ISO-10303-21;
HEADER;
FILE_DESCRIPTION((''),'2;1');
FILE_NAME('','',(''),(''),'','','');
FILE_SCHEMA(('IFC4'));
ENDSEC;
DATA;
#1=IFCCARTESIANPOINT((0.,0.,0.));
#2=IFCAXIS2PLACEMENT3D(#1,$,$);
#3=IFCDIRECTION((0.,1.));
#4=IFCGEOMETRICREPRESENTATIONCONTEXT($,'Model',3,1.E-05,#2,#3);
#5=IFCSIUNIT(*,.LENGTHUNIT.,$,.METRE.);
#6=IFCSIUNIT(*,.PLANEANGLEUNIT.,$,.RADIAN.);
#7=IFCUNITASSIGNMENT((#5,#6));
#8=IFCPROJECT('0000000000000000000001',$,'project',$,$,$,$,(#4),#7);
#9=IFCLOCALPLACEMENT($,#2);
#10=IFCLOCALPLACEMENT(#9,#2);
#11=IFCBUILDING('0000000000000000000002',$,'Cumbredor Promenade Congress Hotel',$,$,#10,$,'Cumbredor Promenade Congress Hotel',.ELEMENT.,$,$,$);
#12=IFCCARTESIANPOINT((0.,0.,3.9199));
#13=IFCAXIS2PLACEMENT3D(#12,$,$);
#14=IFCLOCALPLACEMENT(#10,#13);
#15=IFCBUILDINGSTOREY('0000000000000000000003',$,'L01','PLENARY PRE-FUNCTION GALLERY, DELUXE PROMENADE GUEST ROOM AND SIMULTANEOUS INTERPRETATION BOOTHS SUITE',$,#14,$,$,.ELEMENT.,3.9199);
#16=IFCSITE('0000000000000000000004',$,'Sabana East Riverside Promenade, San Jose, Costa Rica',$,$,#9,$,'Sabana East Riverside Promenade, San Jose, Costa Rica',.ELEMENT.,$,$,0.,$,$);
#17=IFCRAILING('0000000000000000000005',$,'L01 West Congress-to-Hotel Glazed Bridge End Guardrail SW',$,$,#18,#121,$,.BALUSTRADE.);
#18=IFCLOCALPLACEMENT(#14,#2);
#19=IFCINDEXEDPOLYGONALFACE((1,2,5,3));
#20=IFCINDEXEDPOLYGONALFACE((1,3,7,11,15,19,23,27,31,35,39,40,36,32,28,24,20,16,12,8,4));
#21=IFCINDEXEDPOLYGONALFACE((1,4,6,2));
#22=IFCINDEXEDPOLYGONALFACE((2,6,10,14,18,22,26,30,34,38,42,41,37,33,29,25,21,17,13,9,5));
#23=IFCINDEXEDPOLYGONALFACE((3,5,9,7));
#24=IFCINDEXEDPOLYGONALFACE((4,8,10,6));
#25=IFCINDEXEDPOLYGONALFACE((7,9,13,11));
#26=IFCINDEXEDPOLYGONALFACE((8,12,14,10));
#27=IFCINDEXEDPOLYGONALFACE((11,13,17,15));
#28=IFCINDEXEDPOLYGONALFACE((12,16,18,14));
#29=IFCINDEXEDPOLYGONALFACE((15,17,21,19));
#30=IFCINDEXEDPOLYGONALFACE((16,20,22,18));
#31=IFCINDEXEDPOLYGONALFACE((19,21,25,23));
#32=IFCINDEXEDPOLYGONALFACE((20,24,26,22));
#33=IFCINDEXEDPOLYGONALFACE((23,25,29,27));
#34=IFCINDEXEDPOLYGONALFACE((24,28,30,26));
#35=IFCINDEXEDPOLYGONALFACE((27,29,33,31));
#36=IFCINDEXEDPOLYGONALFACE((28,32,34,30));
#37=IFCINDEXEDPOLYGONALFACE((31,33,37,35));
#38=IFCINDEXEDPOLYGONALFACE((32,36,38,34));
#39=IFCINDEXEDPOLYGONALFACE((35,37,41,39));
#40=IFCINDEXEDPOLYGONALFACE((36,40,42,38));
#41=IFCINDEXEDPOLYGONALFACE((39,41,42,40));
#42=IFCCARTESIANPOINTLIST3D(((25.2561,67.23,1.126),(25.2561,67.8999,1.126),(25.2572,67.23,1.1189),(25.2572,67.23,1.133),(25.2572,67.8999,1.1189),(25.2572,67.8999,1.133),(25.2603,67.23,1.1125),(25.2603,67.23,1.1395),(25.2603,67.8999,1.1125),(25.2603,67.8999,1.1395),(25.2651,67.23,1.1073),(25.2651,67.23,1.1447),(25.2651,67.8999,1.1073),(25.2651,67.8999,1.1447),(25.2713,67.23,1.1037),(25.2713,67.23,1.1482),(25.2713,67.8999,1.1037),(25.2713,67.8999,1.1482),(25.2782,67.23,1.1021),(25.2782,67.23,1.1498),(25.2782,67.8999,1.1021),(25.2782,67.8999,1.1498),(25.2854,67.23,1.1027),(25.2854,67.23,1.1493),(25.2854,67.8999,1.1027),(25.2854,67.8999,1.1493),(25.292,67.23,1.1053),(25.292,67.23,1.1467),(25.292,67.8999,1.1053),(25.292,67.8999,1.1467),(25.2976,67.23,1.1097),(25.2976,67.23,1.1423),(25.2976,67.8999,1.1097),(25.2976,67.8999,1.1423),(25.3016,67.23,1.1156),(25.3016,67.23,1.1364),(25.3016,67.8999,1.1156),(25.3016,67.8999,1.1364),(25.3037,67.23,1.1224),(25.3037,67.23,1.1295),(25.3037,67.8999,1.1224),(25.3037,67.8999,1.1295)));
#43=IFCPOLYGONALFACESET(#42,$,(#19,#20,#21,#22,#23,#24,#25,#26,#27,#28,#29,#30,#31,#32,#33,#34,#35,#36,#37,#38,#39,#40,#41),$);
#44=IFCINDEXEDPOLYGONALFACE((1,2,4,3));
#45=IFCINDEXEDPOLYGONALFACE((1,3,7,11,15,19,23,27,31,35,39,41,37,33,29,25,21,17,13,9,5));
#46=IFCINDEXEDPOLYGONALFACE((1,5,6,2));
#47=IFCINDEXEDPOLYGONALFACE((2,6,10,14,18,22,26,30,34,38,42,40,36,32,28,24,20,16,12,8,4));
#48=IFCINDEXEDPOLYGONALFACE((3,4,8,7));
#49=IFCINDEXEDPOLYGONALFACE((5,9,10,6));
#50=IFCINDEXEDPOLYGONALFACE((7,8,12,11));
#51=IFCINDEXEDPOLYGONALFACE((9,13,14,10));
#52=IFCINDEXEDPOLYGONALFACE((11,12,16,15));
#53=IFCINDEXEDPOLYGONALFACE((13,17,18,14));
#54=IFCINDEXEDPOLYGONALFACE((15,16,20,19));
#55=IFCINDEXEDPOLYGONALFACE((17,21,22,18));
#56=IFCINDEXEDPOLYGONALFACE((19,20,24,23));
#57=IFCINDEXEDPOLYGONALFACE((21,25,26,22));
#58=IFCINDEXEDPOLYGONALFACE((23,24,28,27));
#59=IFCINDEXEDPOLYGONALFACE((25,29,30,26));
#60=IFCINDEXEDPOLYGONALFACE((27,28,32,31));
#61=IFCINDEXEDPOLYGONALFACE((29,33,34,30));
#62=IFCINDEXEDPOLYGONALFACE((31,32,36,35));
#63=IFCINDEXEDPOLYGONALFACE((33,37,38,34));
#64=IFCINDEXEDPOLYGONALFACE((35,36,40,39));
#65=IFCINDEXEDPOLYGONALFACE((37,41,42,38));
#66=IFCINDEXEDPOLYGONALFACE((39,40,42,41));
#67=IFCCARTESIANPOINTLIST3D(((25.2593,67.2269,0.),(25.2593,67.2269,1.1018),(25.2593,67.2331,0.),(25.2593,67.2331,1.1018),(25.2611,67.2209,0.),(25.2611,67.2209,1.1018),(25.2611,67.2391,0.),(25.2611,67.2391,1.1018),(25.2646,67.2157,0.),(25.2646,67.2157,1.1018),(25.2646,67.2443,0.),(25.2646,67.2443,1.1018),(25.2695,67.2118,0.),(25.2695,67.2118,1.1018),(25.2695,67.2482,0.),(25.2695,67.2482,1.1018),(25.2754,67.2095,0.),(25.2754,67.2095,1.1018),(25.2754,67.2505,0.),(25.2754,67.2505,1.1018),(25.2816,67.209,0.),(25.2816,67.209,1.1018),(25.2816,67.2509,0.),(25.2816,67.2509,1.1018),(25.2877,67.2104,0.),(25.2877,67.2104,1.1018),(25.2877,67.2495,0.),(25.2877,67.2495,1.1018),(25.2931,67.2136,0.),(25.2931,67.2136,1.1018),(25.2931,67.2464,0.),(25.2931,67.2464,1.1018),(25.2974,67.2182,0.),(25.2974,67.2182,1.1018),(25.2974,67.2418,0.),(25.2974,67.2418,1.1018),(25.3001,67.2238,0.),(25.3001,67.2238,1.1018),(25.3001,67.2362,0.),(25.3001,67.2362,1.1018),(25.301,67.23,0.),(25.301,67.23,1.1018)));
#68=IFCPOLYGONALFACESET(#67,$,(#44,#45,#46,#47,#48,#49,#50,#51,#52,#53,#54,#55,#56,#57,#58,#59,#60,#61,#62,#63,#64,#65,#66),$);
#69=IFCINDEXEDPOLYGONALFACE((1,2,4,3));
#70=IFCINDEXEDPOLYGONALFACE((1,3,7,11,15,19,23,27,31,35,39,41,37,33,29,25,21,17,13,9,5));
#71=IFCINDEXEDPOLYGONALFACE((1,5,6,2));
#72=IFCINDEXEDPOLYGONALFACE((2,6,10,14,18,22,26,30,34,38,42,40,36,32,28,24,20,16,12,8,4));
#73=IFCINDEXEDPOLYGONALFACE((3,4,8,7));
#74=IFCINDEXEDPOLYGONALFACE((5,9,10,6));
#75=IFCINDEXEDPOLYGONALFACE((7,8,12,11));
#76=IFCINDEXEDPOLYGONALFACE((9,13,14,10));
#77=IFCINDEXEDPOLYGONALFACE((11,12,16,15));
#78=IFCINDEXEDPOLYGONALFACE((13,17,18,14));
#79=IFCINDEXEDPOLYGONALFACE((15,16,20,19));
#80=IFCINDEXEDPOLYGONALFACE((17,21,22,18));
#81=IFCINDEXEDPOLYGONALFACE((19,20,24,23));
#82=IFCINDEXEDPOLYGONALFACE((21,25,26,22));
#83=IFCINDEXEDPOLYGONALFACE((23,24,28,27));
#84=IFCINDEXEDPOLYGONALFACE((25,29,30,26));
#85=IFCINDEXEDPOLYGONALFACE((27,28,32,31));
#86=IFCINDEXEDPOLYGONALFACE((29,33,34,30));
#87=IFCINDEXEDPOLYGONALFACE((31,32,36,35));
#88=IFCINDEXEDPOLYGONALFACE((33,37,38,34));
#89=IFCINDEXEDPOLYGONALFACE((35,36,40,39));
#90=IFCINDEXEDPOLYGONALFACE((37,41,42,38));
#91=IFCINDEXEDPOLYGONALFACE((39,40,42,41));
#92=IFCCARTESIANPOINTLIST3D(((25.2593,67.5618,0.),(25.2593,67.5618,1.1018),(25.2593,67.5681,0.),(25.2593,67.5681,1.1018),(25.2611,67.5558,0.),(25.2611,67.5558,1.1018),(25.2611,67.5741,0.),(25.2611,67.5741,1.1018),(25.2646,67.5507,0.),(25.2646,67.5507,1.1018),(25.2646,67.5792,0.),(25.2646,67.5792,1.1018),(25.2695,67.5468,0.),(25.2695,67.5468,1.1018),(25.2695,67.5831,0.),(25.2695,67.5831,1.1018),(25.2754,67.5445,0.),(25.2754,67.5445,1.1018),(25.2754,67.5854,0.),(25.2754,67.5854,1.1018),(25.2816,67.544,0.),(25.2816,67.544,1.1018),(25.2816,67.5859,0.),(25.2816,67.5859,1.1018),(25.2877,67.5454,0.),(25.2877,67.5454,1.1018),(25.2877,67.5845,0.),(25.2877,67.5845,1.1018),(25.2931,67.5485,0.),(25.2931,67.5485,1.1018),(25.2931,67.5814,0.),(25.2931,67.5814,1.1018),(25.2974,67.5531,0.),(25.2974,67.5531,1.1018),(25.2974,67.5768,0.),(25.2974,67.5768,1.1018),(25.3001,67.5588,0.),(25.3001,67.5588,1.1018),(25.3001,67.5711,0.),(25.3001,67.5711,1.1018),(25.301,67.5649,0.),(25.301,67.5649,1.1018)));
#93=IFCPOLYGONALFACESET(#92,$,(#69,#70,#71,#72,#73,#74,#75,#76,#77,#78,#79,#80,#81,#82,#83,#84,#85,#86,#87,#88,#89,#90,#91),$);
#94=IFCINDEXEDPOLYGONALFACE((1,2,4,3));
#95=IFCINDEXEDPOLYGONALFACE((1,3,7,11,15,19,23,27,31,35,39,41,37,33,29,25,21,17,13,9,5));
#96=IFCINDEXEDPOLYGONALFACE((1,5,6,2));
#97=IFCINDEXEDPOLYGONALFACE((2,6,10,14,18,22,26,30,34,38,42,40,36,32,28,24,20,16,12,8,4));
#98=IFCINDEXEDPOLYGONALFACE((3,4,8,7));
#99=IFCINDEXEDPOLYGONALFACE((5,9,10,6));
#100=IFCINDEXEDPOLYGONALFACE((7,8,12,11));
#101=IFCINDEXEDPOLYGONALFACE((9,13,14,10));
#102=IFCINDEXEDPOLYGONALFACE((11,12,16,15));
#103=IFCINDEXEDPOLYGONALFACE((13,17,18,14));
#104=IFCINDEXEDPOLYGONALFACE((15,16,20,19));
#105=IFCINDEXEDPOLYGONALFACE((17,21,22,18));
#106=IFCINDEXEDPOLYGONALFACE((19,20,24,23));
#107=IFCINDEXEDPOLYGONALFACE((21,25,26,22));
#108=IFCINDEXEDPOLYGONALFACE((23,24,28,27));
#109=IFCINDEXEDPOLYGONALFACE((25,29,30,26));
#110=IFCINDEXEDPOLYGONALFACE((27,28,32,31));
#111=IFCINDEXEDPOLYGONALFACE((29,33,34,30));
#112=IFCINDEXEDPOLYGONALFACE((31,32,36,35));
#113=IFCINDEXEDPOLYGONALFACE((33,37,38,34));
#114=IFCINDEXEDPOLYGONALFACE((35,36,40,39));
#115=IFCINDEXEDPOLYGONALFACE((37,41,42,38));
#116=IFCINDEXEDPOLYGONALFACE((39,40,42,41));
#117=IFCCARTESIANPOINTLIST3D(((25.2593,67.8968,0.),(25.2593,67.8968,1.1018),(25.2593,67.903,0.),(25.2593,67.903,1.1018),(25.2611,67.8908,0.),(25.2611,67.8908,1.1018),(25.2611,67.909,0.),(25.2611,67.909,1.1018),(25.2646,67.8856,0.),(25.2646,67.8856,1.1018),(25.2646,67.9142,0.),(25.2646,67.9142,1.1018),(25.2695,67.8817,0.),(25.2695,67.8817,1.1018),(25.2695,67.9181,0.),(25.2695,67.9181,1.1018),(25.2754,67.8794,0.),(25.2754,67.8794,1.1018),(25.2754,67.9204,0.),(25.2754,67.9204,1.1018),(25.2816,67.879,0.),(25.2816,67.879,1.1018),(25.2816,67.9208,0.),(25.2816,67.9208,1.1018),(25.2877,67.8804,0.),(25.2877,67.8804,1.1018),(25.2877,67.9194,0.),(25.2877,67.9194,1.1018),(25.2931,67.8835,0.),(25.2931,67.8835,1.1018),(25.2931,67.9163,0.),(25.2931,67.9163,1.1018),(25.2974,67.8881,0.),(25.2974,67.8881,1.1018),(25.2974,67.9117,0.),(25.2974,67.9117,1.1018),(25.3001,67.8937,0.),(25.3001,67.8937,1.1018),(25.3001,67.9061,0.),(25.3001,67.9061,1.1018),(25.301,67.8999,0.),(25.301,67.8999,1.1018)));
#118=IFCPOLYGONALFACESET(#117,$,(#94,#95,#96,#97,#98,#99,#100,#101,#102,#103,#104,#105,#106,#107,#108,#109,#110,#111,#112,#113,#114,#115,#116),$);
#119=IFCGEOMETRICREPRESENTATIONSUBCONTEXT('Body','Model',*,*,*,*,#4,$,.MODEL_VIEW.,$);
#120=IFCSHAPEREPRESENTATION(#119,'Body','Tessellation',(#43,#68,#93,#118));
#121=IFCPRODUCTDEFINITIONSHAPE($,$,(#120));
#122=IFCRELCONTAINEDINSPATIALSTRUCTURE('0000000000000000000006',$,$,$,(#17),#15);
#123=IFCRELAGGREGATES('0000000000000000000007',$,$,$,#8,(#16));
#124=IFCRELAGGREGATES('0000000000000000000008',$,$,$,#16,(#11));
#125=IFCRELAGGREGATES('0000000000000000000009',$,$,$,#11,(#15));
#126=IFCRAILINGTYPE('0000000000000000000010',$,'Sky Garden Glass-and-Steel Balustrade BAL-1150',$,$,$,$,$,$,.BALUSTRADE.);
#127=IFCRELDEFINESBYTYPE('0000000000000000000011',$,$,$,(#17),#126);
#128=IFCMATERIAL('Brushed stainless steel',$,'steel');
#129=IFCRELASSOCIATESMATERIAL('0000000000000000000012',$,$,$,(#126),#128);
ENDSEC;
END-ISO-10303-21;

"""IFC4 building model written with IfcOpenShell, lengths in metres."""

from ifc_helpers import new_model, si_unit, direction, frame, origin, origin_2d, place, context, subcontext, project, spatial, circle, extrude, material, type_object, element, save


model = new_model("IFC4")

# Units and contexts
model_context = context("Model", 3, precision=1e-05, world=origin(), true_north=direction((0.0, 1.0)))
body_context = subcontext(model_context, "Body", "Model", "MODEL_VIEW")
ifc_project = project(units=[si_unit("LENGTHUNIT", "METRE"), si_unit("PLANEANGLEUNIT", "RADIAN")], contexts=[model_context])

# Site, building, storey
site_placement = place(None, origin())
site = spatial("IfcSite", under=ifc_project, at=site_placement, Name="Sabana East Riverside Promenade, San Jose, Costa Rica", LongName="Sabana East Riverside Promenade, San Jose, Costa Rica", CompositionType="ELEMENT", RefElevation=0.0)
building_placement = place(site_placement, origin())
building = spatial("IfcBuilding", under=site, at=building_placement, Name="Cumbredor Promenade Congress Hotel", LongName="Cumbredor Promenade Congress Hotel", CompositionType="ELEMENT")
storey_placement = place(building_placement, frame((0.0, 0.0, 3.9199)))
storey = spatial("IfcBuildingStorey", under=building, at=storey_placement, Name="L01", Description="PLENARY PRE-FUNCTION GALLERY, DELUXE PROMENADE GUEST ROOM AND SIMULTANEOUS INTERPRETATION BOOTHS SUITE", CompositionType="ELEMENT", Elevation=3.9199)

# Railing
ifc_material_1 = material(Name="Brushed stainless steel", Category="steel")
railing_type_1 = type_object("IfcRailingType", Name="Sky Garden Glass-and-Steel Balustrade BAL-1150", PredefinedType="BALUSTRADE", material=ifc_material_1)
railing_1_placement = place(storey_placement, frame((25.28, 67.23, 0.0)))
element("IfcRailing", 1, at=railing_1_placement, inside=storey, type_object=railing_type_1, Name="L01 West Congress-to-Hotel Glazed Bridge End Guardrail SW", PredefinedType="BALUSTRADE", context=body_context, shape_type="SweptSolid", body=[
    extrude(circle(Radius=0.0239, at=origin_2d()), frame((0.0, 0.0, 1.126), z_axis=(0.0, 1.0, 0.0), x_axis=(-1.0, 0.0, 0.0)), (0.0, 0.0, 1.0), 0.6699),
    extrude(circle(Radius=0.021, at=origin_2d()), origin(), (0.0, 0.0, 1.0), 1.1018),
    extrude(circle(Radius=0.021, at=origin_2d()), frame((0.0, 0.335, 0.0)), (0.0, 0.0, 1.0), 1.1018),
    extrude(circle(Radius=0.021, at=origin_2d()), frame((0.0, 0.6699, 0.0)), (0.0, 0.0, 1.0), 1.1018),
])

save(model, "model.ifc")
